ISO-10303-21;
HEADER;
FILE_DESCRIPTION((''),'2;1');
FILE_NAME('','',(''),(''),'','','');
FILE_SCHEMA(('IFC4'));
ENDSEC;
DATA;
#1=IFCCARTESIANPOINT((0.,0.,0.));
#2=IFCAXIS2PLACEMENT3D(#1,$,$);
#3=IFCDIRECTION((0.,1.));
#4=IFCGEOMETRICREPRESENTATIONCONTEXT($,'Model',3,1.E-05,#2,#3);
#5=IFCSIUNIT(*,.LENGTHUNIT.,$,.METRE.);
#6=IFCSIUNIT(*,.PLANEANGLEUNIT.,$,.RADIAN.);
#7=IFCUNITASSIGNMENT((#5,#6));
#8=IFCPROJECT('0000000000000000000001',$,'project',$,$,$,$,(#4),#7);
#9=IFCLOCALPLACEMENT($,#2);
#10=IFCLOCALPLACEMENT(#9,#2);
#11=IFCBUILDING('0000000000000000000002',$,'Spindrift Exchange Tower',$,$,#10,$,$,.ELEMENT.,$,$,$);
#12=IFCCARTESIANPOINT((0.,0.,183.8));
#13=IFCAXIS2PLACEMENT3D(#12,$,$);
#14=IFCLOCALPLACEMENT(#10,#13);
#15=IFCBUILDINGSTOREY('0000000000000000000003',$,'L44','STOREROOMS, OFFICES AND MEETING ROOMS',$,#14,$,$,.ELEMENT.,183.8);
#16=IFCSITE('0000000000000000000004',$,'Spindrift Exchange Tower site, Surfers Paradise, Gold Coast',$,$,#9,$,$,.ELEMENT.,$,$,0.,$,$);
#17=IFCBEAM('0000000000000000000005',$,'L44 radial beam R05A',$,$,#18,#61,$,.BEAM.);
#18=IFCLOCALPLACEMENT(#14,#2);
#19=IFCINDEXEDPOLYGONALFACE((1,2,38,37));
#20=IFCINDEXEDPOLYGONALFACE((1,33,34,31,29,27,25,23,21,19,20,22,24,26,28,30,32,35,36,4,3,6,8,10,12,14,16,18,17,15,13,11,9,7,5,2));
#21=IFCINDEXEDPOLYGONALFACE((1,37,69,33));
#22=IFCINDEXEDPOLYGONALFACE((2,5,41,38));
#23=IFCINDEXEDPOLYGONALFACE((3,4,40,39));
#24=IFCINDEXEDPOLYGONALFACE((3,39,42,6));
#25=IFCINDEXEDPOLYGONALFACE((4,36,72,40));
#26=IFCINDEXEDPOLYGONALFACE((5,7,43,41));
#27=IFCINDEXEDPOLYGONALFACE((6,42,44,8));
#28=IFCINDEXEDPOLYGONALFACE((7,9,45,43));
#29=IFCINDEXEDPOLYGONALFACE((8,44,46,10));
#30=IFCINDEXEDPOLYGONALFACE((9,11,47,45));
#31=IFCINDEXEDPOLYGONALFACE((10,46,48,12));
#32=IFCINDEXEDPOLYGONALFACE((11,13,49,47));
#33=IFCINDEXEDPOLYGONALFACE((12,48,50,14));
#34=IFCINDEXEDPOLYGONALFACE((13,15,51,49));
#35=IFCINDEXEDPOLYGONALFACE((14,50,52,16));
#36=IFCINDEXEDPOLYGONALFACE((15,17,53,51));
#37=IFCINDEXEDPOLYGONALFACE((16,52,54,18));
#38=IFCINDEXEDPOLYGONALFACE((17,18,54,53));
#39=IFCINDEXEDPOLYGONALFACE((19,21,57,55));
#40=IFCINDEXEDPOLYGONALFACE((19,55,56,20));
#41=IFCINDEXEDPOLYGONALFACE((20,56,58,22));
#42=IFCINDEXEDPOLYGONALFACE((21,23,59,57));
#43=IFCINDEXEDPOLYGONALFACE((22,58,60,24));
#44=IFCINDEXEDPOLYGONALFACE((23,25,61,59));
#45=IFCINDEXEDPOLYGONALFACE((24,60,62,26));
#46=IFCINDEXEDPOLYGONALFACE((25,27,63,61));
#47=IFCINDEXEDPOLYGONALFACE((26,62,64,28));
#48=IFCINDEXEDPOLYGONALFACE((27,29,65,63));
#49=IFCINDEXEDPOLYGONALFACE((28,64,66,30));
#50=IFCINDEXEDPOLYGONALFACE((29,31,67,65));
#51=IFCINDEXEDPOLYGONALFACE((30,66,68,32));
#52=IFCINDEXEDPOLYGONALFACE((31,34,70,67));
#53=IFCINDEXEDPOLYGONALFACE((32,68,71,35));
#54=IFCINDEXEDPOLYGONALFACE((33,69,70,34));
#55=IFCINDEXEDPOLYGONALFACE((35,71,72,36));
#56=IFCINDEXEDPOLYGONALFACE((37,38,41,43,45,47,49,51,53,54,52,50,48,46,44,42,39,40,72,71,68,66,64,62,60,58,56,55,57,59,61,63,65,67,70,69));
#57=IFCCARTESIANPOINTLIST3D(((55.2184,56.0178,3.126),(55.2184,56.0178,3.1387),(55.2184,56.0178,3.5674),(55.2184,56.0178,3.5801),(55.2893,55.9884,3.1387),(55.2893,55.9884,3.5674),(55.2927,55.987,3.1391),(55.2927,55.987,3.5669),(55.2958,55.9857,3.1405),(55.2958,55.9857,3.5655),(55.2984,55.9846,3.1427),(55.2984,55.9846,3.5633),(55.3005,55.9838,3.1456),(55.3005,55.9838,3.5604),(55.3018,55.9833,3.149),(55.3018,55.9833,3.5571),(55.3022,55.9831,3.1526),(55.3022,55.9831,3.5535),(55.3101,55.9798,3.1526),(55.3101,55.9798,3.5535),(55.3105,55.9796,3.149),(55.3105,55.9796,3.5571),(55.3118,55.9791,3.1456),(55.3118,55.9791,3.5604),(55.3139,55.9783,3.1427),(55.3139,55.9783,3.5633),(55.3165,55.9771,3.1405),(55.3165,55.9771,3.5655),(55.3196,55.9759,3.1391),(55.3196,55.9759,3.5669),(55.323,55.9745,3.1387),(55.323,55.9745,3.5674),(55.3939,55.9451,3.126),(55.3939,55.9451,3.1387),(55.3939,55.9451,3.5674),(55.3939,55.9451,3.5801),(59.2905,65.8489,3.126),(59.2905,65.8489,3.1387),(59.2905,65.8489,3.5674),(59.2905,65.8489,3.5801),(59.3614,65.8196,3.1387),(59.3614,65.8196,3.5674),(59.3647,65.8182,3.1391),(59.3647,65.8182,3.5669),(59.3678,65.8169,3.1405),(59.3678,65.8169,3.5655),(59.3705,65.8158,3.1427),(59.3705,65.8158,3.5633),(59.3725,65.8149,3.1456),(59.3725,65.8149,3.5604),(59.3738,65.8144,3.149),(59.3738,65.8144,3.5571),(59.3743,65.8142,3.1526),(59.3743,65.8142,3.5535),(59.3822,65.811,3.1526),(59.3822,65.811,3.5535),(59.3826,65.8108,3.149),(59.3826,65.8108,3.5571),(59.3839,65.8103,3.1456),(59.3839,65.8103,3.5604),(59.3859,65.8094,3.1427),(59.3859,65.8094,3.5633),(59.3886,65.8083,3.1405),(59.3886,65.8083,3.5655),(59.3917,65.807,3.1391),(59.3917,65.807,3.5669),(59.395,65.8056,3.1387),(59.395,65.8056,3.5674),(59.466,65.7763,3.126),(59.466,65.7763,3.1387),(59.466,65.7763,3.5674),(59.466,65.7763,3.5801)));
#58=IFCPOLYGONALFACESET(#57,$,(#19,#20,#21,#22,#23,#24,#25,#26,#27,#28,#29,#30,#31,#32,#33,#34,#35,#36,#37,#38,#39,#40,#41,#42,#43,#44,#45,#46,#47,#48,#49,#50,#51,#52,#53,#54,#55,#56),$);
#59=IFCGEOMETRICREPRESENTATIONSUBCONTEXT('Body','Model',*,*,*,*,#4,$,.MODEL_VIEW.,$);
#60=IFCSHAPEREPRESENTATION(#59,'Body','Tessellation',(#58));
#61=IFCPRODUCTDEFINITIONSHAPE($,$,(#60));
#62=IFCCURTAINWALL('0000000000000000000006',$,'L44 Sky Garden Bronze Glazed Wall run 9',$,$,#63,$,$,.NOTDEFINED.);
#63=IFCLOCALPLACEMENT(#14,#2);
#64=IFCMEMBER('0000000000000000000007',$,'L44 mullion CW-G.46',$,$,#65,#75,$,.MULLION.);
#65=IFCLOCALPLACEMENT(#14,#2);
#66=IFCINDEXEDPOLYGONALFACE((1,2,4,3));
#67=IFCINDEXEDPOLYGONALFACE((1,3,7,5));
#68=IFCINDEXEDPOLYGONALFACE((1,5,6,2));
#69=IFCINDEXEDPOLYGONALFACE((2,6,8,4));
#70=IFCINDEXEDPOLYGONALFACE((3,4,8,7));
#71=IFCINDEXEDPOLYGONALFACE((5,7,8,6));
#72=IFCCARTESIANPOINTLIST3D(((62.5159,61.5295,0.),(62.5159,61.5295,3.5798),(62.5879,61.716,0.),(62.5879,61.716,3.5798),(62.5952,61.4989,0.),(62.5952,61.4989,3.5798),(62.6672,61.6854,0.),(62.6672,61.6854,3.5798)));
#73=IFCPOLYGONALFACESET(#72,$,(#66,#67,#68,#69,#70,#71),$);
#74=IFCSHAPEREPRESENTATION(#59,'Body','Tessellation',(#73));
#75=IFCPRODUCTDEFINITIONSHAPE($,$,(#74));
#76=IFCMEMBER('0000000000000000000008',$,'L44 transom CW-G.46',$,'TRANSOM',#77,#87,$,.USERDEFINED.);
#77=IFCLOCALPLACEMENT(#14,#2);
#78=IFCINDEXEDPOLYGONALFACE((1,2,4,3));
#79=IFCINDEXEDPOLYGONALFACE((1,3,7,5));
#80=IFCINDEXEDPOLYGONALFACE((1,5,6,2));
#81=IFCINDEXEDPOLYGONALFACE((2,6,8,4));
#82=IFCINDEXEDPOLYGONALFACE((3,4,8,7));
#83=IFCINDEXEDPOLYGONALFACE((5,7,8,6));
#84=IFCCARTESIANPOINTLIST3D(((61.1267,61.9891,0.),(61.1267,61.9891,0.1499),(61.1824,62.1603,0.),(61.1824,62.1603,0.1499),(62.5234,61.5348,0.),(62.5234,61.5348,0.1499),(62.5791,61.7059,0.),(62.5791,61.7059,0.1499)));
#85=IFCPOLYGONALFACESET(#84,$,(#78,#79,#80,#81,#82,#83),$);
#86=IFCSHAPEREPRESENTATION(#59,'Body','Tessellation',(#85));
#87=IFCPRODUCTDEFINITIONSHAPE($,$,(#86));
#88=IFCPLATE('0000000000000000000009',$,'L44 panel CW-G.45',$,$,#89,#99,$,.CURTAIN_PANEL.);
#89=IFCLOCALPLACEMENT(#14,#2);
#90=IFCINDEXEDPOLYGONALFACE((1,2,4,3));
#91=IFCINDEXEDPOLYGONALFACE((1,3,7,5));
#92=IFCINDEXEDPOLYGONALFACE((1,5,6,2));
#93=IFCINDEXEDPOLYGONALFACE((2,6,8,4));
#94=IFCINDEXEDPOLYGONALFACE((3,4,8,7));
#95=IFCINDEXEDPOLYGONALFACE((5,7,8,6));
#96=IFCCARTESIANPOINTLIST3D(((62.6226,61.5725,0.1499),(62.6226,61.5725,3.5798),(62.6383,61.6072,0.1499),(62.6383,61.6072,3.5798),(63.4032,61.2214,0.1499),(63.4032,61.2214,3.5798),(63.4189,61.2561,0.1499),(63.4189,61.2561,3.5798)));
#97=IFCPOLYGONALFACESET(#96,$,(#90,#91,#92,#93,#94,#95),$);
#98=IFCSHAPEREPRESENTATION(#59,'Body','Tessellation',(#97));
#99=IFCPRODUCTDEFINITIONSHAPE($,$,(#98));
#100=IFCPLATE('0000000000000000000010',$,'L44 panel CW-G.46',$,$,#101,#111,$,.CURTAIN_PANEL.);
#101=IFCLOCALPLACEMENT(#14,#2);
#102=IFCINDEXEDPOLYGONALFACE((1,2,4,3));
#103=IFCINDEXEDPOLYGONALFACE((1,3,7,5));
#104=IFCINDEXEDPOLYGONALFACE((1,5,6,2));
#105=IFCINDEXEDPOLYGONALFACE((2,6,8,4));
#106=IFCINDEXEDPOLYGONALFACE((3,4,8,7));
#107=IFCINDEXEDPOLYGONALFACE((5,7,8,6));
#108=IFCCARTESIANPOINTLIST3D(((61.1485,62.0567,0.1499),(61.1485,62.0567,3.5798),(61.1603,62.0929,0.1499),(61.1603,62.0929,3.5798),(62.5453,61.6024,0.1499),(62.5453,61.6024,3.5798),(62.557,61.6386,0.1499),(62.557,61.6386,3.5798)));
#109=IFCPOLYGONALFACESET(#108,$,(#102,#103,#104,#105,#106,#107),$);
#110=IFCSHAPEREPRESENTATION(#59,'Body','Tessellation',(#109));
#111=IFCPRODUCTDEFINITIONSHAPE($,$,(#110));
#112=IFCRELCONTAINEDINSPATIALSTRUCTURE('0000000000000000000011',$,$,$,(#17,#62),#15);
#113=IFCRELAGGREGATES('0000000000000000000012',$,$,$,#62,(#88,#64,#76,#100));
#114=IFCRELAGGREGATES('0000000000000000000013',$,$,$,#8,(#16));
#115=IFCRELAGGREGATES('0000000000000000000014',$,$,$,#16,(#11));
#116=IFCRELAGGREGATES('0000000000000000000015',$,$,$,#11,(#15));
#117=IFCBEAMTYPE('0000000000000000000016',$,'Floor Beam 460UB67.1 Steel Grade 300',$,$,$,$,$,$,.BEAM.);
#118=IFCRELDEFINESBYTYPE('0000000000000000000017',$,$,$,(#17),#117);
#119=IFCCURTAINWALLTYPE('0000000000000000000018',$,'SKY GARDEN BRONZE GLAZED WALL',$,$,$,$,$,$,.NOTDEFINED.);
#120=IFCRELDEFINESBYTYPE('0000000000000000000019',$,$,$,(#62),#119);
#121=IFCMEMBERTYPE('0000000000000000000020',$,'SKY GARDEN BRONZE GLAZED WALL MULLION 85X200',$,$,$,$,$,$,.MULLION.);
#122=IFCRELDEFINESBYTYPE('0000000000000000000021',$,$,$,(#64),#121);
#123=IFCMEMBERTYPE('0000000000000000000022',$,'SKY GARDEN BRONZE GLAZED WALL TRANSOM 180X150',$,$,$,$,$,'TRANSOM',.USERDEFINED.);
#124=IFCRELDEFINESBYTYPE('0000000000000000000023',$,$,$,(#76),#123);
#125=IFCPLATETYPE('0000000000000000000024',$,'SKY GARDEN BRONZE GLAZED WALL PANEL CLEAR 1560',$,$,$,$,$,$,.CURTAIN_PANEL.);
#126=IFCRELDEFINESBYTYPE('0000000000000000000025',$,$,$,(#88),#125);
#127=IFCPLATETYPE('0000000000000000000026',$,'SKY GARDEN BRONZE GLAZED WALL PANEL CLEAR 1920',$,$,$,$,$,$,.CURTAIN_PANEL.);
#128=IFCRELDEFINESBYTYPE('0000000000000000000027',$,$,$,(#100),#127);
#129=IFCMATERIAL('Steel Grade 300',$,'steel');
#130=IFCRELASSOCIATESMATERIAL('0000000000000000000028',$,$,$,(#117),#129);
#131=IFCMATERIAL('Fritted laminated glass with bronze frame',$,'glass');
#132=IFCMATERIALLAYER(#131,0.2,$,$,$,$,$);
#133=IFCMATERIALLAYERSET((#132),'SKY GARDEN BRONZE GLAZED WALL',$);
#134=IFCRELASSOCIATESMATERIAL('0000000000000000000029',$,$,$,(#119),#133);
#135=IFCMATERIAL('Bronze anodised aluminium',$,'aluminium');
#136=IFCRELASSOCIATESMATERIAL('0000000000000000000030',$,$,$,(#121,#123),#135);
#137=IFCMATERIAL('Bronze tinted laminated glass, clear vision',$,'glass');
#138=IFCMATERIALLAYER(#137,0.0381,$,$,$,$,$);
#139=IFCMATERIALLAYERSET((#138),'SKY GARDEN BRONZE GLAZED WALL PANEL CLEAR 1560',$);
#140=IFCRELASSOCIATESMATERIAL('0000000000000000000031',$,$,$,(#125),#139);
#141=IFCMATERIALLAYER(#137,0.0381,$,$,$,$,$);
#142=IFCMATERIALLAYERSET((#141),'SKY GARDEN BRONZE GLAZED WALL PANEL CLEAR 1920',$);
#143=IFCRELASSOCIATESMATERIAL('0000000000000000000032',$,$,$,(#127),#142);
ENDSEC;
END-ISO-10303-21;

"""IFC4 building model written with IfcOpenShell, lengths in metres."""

from ifc_helpers import new_model, si_unit, direction, frame, origin, origin_2d, place, context, subcontext, project, spatial, rectangle, i_section, extrude, source, transform, mapped, material, layer, layer_set, material_profile, profile_set, type_object, element, aggregate, save


model = new_model("IFC4")

# Units and contexts
model_context = context("Model", 3, precision=1e-05, world=origin(), true_north=direction((0.0, 1.0)))
body_context = subcontext(model_context, "Body", "Model", "MODEL_VIEW")
ifc_project = project(units=[si_unit("LENGTHUNIT", "METRE"), si_unit("PLANEANGLEUNIT", "RADIAN")], contexts=[model_context])

# Site, building, storey
site_placement = place(None, origin())
site = spatial("IfcSite", under=ifc_project, at=site_placement, Name="Spindrift Exchange Tower site, Surfers Paradise, Gold Coast", CompositionType="ELEMENT", RefElevation=0.0)
building_placement = place(site_placement, origin())
building = spatial("IfcBuilding", under=site, at=building_placement, Name="Spindrift Exchange Tower", CompositionType="ELEMENT")
storey_placement = place(building_placement, frame((0.0, 0.0, 183.8)))
storey = spatial("IfcBuildingStorey", under=building, at=storey_placement, Name="L44", Description="STOREROOMS, OFFICES AND MEETING ROOMS", CompositionType="ELEMENT", Elevation=183.8)

# Beam
ifc_material_1 = material(Name="Steel Grade 300", Category="steel")
ifc_material_profile_1 = material_profile(ifc_material_1, i_section(OverallWidth=0.1899, OverallDepth=0.4541, WebThickness=0.0085, FlangeThickness=0.0127, FilletRadius=0.0139, at=origin_2d()), Name="460UB67.1")
ifc_profile_set_1 = profile_set([ifc_material_profile_1], Name="Steel Grade 300")
beam_type_1 = type_object("IfcBeamType", Name="Floor Beam 460UB67.1 Steel Grade 300", PredefinedType="BEAM", material=ifc_profile_set_1)
shared_shape_1 = source(origin(), body_context, "Body", "SweptSolid", [
    extrude(i_section(OverallWidth=0.1899, OverallDepth=0.4541, WebThickness=0.0085, FlangeThickness=0.0127, FilletRadius=0.0139, at=origin_2d()), origin(), (0.0, 0.0, 1.0), 10.6411),
])
beam_1_placement = place(storey_placement, frame((55.3062, 55.9814, 3.353), z_axis=(0.382673, 0.923884, 0.0), x_axis=(-0.923884, 0.382673, 0.0)))
element("IfcBeam", 1, at=beam_1_placement, inside=storey, type_object=beam_type_1, Name="L44 radial beam R05A", PredefinedType="BEAM", context=body_context, shape_type="MappedRepresentation", body=[
    mapped(shared_shape_1, transform((0.0, 0.0, 0.0), scale=1.0)),
])

# Curtain wall, members, plates
ifc_material_2 = material(Name="Fritted laminated glass with bronze frame", Category="glass")
ifc_layer_1 = layer(ifc_material_2, 0.2)
ifc_layer_set_1 = layer_set([ifc_layer_1], Name="SKY GARDEN BRONZE GLAZED WALL")
curtain_wall_type = type_object("IfcCurtainWallType", Name="SKY GARDEN BRONZE GLAZED WALL", PredefinedType="NOTDEFINED", material=ifc_layer_set_1)
curtain_wall_placement = place(storey_placement, origin())
curtain_wall = element("IfcCurtainWall", 2, at=curtain_wall_placement, inside=storey, type_object=curtain_wall_type, Name="L44 Sky Garden Bronze Glazed Wall run 9", PredefinedType="NOTDEFINED")
ifc_material_3 = material(Name="Bronze anodised aluminium", Category="aluminium")
ifc_material_profile_2 = material_profile(ifc_material_3, rectangle(XDim=0.085, YDim=0.2, at=origin_2d()), Name="SKY GARDEN BRONZE GLAZED WALL MULLION 85X200")
ifc_profile_set_2 = profile_set([ifc_material_profile_2], Name="Bronze anodised aluminium")
member_type_1 = type_object("IfcMemberType", Name="SKY GARDEN BRONZE GLAZED WALL MULLION 85X200", PredefinedType="MULLION", material=ifc_profile_set_2)
shared_shape_2 = source(origin(), body_context, "Body", "SweptSolid", [
    extrude(rectangle(XDim=0.085, YDim=0.2, at=origin_2d()), origin(), (0.0, 0.0, 1.0), 3.5798),
])
member_1_placement = place(storey_placement, frame((62.5916, 61.6074, 0.0), z_axis=(0.0, 0.0, 1.0), x_axis=(-0.932844, 0.36028, 0.0)))
member_1 = element("IfcMember", 3, at=member_1_placement, type_object=member_type_1, Name="L44 mullion CW-G.46", PredefinedType="MULLION", context=body_context, shape_type="MappedRepresentation", body=[
    mapped(shared_shape_2, transform((0.0, 0.0, 0.0), scale=1.0)),
])
ifc_material_profile_3 = material_profile(ifc_material_3, rectangle(XDim=0.1799, YDim=0.1499, at=origin_2d()), Name="SKY GARDEN BRONZE GLAZED WALL TRANSOM 180X150")
ifc_profile_set_3 = profile_set([ifc_material_profile_3], Name="Bronze anodised aluminium")
member_type_2 = type_object("IfcMemberType", Name="SKY GARDEN BRONZE GLAZED WALL TRANSOM 180X150", ElementType="TRANSOM", PredefinedType="USERDEFINED", material=ifc_profile_set_3)
shared_shape_3 = source(origin(), body_context, "Body", "SweptSolid", [
    extrude(rectangle(XDim=0.1799, YDim=0.1499, at=origin_2d()), origin(), (0.0, 0.0, 1.0), 1.4688),
])
member_2_placement = place(storey_placement, frame((62.5513, 61.6204, 0.075), z_axis=(-0.950952, 0.309338, 0.0), x_axis=(-0.309338, -0.950952, 0.0)))
member_2 = element("IfcMember", 4, at=member_2_placement, type_object=member_type_2, Name="L44 transom CW-G.46", ObjectType="TRANSOM", PredefinedType="USERDEFINED", context=body_context, shape_type="MappedRepresentation", body=[
    mapped(shared_shape_3, transform((0.0, 0.0, 0.0), scale=1.0)),
])
ifc_material_4 = material(Name="Bronze tinted laminated glass, clear vision", Category="glass")
ifc_layer_2 = layer(ifc_material_4, 0.0381)
ifc_layer_set_2 = layer_set([ifc_layer_2], Name="SKY GARDEN BRONZE GLAZED WALL PANEL CLEAR 1560")
plate_type_1 = type_object("IfcPlateType", Name="SKY GARDEN BRONZE GLAZED WALL PANEL CLEAR 1560", PredefinedType="CURTAIN_PANEL", material=ifc_layer_set_2)
shared_shape_4 = source(origin(), body_context, "Body", "SweptSolid", [
    extrude(rectangle(XDim=0.856, YDim=0.0381, at=origin_2d()), origin(), (0.0, 0.0, 1.0), 3.4299),
])
plate_1_placement = place(storey_placement, frame((63.0208, 61.4143, 0.1499), z_axis=(0.0, 0.0, 1.0), x_axis=(-0.911979, 0.410237, 0.0)))
plate_1 = element("IfcPlate", 5, at=plate_1_placement, type_object=plate_type_1, Name="L44 panel CW-G.45", PredefinedType="CURTAIN_PANEL", context=body_context, shape_type="MappedRepresentation", body=[
    mapped(shared_shape_4, transform((0.0, 0.0, 0.0), scale=1.0)),
])
ifc_layer_3 = layer(ifc_material_4, 0.0381)
ifc_layer_set_3 = layer_set([ifc_layer_3], Name="SKY GARDEN BRONZE GLAZED WALL PANEL CLEAR 1920")
plate_type_2 = type_object("IfcPlateType", Name="SKY GARDEN BRONZE GLAZED WALL PANEL CLEAR 1920", PredefinedType="CURTAIN_PANEL", material=ifc_layer_set_3)
shared_shape_5 = source(origin(), body_context, "Body", "SweptSolid", [
    extrude(rectangle(XDim=1.4688, YDim=0.0381, at=origin_2d()), origin(), (0.0, 0.0, 1.0), 3.4299),
])
plate_2_placement = place(storey_placement, frame((61.8528, 61.8477, 0.1499), z_axis=(0.0, 0.0, 1.0), x_axis=(-0.950975, 0.309268, 0.0)))
plate_2 = element("IfcPlate", 6, at=plate_2_placement, type_object=plate_type_2, Name="L44 panel CW-G.46", PredefinedType="CURTAIN_PANEL", context=body_context, shape_type="MappedRepresentation", body=[
    mapped(shared_shape_5, transform((0.0, 0.0, 0.0), scale=1.0)),
])
aggregate(curtain_wall, [plate_1, member_1, member_2, plate_2])

save(model, "model.ifc")
